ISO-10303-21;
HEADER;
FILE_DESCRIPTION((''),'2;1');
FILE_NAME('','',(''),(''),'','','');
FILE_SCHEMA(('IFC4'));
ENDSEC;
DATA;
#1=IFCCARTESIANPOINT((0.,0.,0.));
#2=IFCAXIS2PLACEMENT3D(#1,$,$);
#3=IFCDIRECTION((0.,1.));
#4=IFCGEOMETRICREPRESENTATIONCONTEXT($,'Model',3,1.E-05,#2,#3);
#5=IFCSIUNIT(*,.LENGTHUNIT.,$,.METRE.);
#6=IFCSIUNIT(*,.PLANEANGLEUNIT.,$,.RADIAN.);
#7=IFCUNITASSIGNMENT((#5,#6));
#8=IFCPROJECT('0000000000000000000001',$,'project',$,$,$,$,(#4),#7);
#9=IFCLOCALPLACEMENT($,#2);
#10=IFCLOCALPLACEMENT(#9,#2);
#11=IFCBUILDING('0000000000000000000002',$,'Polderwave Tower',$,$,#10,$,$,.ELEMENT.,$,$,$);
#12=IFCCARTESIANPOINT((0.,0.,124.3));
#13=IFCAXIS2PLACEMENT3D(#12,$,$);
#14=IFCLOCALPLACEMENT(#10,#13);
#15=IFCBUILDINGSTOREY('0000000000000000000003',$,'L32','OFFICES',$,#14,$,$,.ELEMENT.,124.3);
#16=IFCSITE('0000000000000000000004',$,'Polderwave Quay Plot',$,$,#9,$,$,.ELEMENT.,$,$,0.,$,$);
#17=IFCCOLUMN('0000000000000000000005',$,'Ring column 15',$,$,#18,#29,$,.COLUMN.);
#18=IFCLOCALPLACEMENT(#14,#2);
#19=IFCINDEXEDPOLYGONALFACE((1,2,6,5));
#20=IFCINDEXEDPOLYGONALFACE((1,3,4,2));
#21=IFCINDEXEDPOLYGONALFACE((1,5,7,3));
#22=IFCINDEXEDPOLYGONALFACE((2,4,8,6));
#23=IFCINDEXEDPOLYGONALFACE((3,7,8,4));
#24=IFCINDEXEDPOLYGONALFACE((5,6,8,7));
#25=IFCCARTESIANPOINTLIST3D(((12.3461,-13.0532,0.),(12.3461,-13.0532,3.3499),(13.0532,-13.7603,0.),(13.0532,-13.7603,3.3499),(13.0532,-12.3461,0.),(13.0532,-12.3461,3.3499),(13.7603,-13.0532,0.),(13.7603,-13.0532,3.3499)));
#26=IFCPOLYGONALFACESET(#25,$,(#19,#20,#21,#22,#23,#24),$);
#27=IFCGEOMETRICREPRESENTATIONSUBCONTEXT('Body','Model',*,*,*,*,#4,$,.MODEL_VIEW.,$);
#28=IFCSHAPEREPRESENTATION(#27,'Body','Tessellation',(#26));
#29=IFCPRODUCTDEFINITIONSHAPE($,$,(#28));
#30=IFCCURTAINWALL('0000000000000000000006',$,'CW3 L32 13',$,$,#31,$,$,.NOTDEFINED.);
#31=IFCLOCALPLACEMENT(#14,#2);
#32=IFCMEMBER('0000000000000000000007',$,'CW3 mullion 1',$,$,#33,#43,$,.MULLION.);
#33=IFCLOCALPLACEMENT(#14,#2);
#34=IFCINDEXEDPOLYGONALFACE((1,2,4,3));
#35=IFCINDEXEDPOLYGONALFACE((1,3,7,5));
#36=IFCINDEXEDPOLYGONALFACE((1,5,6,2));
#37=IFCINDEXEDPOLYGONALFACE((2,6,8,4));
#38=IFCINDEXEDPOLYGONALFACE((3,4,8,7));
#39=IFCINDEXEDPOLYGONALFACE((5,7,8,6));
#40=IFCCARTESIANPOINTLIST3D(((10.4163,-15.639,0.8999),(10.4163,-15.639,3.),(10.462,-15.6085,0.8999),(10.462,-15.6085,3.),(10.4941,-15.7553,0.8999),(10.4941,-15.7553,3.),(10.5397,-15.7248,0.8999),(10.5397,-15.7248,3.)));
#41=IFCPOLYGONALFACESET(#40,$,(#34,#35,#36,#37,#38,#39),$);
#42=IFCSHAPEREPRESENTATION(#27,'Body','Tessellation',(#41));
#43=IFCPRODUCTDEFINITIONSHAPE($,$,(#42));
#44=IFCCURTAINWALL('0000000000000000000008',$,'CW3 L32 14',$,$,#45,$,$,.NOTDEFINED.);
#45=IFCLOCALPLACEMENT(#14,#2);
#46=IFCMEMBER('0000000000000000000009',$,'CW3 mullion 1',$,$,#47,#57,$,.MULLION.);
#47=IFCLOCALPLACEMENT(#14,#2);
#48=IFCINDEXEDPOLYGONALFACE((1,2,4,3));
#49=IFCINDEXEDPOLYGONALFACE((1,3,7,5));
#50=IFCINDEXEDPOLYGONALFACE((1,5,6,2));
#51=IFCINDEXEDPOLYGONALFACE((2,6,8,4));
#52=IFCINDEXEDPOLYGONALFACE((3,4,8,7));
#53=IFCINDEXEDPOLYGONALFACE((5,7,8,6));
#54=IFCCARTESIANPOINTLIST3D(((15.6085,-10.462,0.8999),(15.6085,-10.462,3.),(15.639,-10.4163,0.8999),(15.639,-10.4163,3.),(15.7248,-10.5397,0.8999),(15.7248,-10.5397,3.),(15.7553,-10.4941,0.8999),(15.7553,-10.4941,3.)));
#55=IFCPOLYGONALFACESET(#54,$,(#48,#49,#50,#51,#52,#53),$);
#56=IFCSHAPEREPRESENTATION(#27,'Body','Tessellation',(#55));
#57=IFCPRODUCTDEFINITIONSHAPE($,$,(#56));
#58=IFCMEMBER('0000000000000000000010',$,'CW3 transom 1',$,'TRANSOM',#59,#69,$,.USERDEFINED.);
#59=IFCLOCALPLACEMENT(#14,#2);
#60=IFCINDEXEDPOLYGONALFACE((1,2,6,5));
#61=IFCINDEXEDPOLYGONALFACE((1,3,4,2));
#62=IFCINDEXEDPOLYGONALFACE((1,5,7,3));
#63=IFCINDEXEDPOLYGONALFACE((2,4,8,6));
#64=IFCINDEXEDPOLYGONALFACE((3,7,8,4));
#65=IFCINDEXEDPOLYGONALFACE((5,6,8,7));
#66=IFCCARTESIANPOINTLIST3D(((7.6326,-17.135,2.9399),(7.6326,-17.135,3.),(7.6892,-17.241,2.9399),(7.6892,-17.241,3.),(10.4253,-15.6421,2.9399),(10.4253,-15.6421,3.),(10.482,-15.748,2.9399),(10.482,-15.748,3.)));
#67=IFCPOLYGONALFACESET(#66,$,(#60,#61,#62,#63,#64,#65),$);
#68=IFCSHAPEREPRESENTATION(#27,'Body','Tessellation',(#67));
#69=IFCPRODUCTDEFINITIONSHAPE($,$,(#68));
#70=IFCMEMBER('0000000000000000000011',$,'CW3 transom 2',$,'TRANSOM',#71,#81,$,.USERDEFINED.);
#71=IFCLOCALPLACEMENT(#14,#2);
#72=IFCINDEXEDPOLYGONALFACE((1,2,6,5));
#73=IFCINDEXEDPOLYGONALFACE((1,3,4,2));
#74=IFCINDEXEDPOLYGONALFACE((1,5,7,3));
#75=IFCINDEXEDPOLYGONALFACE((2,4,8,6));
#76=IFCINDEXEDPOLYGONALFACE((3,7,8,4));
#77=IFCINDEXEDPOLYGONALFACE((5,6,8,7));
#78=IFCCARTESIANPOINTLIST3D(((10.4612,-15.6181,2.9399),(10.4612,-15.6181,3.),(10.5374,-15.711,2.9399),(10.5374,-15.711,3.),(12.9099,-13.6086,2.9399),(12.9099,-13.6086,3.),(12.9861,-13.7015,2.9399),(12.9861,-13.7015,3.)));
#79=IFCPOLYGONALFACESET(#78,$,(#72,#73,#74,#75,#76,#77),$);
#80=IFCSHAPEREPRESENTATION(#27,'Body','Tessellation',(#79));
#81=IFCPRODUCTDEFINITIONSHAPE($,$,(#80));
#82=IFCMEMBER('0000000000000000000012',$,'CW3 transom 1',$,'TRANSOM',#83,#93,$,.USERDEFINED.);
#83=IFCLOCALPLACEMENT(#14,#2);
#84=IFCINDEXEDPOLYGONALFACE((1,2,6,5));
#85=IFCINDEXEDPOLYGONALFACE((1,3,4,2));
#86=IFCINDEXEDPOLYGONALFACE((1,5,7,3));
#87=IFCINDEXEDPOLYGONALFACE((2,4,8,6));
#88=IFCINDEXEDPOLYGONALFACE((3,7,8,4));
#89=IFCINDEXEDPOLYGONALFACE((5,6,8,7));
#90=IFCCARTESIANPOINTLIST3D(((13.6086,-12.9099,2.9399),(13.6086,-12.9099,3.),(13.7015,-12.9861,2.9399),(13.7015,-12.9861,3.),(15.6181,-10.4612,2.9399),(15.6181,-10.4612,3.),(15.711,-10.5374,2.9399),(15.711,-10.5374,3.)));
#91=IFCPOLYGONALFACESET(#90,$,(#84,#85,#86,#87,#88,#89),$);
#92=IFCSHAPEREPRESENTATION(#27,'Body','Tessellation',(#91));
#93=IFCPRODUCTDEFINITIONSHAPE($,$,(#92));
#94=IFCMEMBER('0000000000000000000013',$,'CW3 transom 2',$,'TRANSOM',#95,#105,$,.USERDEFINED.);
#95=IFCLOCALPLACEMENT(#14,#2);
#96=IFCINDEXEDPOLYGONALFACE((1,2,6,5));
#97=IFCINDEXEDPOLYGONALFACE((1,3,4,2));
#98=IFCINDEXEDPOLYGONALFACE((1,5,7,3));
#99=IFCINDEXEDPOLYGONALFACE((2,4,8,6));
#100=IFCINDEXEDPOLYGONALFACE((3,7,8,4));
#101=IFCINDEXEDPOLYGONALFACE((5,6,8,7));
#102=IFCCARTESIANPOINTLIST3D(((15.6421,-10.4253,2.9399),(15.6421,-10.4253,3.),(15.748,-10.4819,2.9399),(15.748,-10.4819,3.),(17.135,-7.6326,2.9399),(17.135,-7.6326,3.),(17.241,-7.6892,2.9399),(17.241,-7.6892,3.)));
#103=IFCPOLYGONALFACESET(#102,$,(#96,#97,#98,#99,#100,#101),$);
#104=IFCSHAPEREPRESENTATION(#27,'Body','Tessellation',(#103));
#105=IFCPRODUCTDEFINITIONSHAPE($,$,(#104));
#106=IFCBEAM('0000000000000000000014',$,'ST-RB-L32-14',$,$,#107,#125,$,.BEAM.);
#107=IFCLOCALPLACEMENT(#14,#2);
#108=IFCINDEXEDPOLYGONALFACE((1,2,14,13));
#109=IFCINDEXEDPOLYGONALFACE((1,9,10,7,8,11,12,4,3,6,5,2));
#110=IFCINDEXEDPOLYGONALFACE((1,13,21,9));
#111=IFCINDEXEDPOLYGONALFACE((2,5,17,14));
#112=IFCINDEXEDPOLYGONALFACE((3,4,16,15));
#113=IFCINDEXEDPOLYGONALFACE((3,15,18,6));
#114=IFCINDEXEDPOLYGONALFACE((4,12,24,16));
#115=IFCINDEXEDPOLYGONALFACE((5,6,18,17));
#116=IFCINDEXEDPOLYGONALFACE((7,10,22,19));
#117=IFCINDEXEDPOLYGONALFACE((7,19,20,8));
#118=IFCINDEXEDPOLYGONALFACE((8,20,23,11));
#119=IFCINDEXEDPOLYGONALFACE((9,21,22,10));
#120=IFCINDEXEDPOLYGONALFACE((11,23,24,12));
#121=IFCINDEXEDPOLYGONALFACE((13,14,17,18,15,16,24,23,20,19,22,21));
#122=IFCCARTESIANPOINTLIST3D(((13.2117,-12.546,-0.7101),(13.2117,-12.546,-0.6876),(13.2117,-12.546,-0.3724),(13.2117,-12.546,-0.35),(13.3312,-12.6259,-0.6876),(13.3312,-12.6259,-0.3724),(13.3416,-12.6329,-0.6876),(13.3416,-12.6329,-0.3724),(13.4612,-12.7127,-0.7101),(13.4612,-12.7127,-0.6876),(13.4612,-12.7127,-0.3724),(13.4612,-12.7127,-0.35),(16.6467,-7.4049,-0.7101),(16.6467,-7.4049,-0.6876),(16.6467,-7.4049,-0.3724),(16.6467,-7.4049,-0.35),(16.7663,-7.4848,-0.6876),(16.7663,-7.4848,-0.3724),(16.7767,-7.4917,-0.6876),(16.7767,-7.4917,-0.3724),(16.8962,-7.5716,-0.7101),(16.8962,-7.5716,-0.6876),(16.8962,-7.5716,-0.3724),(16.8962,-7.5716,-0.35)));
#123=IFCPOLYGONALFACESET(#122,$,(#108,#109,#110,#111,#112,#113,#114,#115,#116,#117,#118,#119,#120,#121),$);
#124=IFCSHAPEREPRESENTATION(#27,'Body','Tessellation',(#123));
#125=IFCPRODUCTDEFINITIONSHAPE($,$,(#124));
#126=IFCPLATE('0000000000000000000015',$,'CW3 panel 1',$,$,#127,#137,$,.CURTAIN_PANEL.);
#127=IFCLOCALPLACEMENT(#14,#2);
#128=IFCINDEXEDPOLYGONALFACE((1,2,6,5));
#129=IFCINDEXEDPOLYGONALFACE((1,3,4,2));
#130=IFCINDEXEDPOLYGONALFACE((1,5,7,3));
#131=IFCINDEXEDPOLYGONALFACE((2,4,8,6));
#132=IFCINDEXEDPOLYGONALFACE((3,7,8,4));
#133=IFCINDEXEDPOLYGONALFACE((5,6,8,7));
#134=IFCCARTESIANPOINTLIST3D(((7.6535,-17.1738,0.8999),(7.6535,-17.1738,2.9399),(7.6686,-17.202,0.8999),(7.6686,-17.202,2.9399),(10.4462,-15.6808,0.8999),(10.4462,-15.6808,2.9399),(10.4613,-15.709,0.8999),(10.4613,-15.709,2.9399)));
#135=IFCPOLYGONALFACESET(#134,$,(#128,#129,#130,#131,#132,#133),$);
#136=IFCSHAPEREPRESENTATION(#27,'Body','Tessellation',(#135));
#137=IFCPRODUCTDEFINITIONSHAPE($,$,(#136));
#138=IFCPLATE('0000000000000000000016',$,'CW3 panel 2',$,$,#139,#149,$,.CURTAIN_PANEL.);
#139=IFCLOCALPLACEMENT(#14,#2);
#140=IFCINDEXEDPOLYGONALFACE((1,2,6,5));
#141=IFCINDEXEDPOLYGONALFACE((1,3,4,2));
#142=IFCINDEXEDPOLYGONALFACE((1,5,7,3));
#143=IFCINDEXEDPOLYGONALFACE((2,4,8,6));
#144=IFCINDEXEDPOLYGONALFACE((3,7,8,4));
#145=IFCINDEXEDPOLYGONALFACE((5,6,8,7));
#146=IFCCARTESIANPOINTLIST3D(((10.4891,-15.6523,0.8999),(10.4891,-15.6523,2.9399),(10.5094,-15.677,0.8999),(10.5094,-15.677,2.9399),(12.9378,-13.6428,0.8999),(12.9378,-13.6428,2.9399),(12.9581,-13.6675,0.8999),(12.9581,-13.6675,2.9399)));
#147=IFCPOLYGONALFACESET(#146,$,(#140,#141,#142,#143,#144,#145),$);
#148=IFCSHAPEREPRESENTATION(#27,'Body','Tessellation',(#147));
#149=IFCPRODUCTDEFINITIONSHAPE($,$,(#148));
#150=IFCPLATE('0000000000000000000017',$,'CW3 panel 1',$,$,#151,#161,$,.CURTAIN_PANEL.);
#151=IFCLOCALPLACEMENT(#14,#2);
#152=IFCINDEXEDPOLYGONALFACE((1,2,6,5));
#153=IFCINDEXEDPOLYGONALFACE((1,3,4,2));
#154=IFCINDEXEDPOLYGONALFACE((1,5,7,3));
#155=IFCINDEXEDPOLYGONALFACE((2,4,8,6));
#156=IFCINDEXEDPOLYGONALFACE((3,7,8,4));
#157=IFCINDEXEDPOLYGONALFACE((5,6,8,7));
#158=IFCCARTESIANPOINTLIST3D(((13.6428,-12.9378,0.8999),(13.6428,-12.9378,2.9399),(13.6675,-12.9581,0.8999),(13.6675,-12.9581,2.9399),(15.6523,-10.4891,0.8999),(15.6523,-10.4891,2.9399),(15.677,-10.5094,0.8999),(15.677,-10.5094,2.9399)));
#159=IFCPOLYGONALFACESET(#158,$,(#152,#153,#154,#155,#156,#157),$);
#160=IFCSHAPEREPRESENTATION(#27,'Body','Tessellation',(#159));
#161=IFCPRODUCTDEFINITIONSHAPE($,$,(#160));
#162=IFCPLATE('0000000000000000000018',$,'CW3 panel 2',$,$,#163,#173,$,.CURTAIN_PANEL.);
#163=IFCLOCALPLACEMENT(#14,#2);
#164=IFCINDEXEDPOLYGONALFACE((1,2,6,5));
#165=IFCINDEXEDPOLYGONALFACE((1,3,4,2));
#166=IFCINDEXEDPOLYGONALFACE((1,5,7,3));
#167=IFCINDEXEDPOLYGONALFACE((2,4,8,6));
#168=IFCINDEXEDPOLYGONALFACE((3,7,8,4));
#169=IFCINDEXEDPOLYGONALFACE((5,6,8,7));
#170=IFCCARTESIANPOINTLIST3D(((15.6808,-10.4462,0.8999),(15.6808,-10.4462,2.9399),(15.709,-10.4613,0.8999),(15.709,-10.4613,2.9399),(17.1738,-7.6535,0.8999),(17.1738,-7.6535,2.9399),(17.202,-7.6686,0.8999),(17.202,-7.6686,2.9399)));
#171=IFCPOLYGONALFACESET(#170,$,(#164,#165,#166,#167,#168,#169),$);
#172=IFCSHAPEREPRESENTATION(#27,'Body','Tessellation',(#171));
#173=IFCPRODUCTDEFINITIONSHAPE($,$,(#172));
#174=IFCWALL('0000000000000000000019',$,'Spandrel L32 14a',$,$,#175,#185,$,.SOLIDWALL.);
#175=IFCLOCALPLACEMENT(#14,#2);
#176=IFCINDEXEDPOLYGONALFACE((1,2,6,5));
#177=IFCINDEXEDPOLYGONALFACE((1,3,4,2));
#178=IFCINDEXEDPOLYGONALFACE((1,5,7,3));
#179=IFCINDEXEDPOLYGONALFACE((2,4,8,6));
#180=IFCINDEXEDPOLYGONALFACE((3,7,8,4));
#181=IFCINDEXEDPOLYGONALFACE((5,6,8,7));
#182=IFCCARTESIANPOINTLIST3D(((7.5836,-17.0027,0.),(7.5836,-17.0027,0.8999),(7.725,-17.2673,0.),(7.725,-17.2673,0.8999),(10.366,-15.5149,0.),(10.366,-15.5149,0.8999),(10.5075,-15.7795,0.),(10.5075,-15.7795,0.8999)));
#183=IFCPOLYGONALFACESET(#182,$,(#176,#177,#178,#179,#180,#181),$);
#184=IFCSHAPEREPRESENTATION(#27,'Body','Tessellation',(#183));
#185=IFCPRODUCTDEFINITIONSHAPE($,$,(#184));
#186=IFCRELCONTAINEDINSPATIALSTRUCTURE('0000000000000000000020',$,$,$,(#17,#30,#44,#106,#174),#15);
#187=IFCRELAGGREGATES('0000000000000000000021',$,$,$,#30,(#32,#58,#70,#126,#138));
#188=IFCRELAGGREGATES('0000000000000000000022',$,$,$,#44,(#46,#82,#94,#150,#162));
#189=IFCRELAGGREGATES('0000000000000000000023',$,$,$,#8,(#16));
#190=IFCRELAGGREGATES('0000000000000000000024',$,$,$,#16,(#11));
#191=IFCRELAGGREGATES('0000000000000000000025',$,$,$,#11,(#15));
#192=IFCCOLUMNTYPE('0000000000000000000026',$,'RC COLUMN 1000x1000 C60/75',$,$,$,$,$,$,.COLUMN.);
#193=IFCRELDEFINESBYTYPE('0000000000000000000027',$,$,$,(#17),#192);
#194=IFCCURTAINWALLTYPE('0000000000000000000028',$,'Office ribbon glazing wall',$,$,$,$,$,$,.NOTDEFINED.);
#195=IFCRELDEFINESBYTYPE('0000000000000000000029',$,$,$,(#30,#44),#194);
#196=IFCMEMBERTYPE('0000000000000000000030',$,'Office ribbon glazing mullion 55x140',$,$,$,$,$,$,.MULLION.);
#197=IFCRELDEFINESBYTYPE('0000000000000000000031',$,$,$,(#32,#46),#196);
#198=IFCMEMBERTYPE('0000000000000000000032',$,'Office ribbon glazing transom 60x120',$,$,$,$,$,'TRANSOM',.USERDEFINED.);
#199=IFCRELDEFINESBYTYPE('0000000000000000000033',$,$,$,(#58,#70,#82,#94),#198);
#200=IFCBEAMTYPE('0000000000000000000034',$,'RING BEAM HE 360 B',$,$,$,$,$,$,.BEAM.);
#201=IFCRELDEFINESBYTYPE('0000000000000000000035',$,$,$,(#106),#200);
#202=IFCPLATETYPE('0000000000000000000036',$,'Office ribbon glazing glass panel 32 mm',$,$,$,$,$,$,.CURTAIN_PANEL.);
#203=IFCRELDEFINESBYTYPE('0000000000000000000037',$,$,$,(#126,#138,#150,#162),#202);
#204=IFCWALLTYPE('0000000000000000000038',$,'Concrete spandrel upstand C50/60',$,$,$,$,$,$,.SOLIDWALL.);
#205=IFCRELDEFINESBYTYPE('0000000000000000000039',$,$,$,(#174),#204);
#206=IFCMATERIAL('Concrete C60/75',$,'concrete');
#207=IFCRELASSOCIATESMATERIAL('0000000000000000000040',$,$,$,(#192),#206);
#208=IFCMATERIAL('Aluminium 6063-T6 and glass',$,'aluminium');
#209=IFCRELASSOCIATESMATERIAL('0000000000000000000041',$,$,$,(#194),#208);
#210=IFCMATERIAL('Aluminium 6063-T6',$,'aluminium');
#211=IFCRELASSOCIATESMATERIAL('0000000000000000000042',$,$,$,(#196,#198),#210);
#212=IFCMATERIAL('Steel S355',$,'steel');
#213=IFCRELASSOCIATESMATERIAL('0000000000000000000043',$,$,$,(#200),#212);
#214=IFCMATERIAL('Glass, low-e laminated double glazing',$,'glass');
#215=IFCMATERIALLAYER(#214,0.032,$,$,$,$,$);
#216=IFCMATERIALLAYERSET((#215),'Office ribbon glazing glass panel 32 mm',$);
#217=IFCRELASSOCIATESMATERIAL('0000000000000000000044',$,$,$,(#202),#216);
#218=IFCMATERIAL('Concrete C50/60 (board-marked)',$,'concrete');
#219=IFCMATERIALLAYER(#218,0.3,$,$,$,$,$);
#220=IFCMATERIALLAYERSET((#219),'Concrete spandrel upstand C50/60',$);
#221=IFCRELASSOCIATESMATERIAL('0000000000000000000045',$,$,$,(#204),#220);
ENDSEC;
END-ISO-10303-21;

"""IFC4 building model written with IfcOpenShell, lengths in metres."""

from ifc_helpers import new_model, si_unit, direction, frame, frame_2d, origin, origin_2d, place, context, subcontext, project, spatial, rectangle, i_section, extrude, material, layer, layer_set, material_profile, profile_set, type_object, element, aggregate, save


model = new_model("IFC4")

# Units and contexts
model_context = context("Model", 3, precision=1e-05, world=origin(), true_north=direction((0.0, 1.0)))
body_context = subcontext(model_context, "Body", "Model", "MODEL_VIEW")
ifc_project = project(units=[si_unit("LENGTHUNIT", "METRE"), si_unit("PLANEANGLEUNIT", "RADIAN")], contexts=[model_context])

# Site, building, storey
site_placement = place(None, origin())
site = spatial("IfcSite", under=ifc_project, at=site_placement, Name="Polderwave Quay Plot", CompositionType="ELEMENT", RefElevation=0.0)
building_placement = place(site_placement, origin())
building = spatial("IfcBuilding", under=site, at=building_placement, Name="Polderwave Tower", CompositionType="ELEMENT")
storey_placement = place(building_placement, frame((0.0, 0.0, 124.3)))
storey = spatial("IfcBuildingStorey", under=building, at=storey_placement, Name="L32", Description="OFFICES", CompositionType="ELEMENT", Elevation=124.3)

# Column
ifc_material_1 = material(Name="Concrete C60/75", Category="concrete")
ifc_material_profile_1 = material_profile(ifc_material_1, rectangle(XDim=1.0, YDim=1.0, at=origin_2d()), Name="RC 1000x1000")
ifc_profile_set_1 = profile_set([ifc_material_profile_1], Name="Concrete C60/75")
column_type = type_object("IfcColumnType", Name="RC COLUMN 1000x1000 C60/75", PredefinedType="COLUMN", material=ifc_profile_set_1)
column_placement = place(storey_placement, frame((13.0532, -13.0532, 0.0), z_axis=(0.0, 0.0, 1.0), x_axis=(0.707107, -0.707107, 0.0)))
element("IfcColumn", 1, at=column_placement, inside=storey, type_object=column_type, Name="Ring column 15", PredefinedType="COLUMN", context=body_context, shape_type="SweptSolid", body=[
    extrude(rectangle(XDim=1.0, YDim=1.0, at=origin_2d()), origin(), (0.0, 0.0, 1.0), 3.3499),
])

# Curtain walls, members
ifc_material_2 = material(Name="Aluminium 6063-T6 and glass", Category="aluminium")
curtain_wall_type = type_object("IfcCurtainWallType", Name="Office ribbon glazing wall", PredefinedType="NOTDEFINED", material=ifc_material_2)
curtain_wall_1_placement = place(storey_placement, origin())
curtain_wall_1 = element("IfcCurtainWall", 2, at=curtain_wall_1_placement, inside=storey, type_object=curtain_wall_type, Name="CW3 L32 13", PredefinedType="NOTDEFINED")
ifc_material_3 = material(Name="Aluminium 6063-T6", Category="aluminium")
ifc_material_profile_2 = material_profile(ifc_material_3, rectangle(XDim=0.1399, YDim=0.0549, at=origin_2d()), Name="AL 55x140")
ifc_profile_set_2 = profile_set([ifc_material_profile_2], Name="Aluminium 6063-T6")
member_type_1 = type_object("IfcMemberType", Name="Office ribbon glazing mullion 55x140", PredefinedType="MULLION", material=ifc_profile_set_2)
member_1_placement = place(storey_placement, frame((10.478, -15.6819, 0.8999), z_axis=(0.0, 0.0, 1.0), x_axis=(-0.555595, 0.831453, 0.0)))
member_1 = element("IfcMember", 3, at=member_1_placement, type_object=member_type_1, Name="CW3 mullion 1", PredefinedType="MULLION", context=body_context, shape_type="SweptSolid", body=[
    extrude(rectangle(XDim=0.1399, YDim=0.0549, at=origin_2d()), origin(), (0.0, 0.0, 1.0), 2.1001),
])
curtain_wall_2_placement = place(storey_placement, origin())
curtain_wall_2 = element("IfcCurtainWall", 4, at=curtain_wall_2_placement, inside=storey, type_object=curtain_wall_type, Name="CW3 L32 14", PredefinedType="NOTDEFINED")
member_2_placement = place(storey_placement, frame((15.6819, -10.478, 0.8999), z_axis=(0.0, 0.0, 1.0), x_axis=(-0.831453, 0.555595, 0.0)))
member_2 = element("IfcMember", 5, at=member_2_placement, type_object=member_type_1, Name="CW3 mullion 1", PredefinedType="MULLION", context=body_context, shape_type="SweptSolid", body=[
    extrude(rectangle(XDim=0.1399, YDim=0.0549, at=origin_2d()), origin(), (0.0, 0.0, 1.0), 2.1001),
])

# Members
ifc_material_profile_3 = material_profile(ifc_material_3, rectangle(XDim=0.1201, YDim=0.0601, at=origin_2d()), Name="AL 60x120")
ifc_profile_set_3 = profile_set([ifc_material_profile_3], Name="Aluminium 6063-T6")
member_type_2 = type_object("IfcMemberType", Name="Office ribbon glazing transom 60x120", ElementType="TRANSOM", PredefinedType="USERDEFINED", material=ifc_profile_set_3)
member_3_placement = place(storey_placement, frame((7.6609, -17.188, 2.97), z_axis=(0.881898, 0.47144, 0.0), x_axis=(-0.47144, 0.881898, 0.0)))
member_3 = element("IfcMember", 6, at=member_3_placement, type_object=member_type_2, Name="CW3 transom 1", ObjectType="TRANSOM", PredefinedType="USERDEFINED", context=body_context, shape_type="SweptSolid", body=[
    extrude(rectangle(XDim=0.1201, YDim=0.0601, at=origin_2d()), origin(), (0.0, 0.0, 1.0), 3.1667),
])
member_4_placement = place(storey_placement, frame((10.4993, -15.6646, 2.97), z_axis=(0.773026, 0.634374, 0.0), x_axis=(-0.634374, 0.773026, 0.0)))
member_4 = element("IfcMember", 7, at=member_4_placement, type_object=member_type_2, Name="CW3 transom 2", ObjectType="TRANSOM", PredefinedType="USERDEFINED", context=body_context, shape_type="SweptSolid", body=[
    extrude(rectangle(XDim=0.1201, YDim=0.0601, at=origin_2d()), origin(), (0.0, 0.0, 1.0), 3.1677),
])
member_5_placement = place(storey_placement, frame((13.655, -12.948, 2.97), z_axis=(0.634374, 0.773026, 0.0), x_axis=(-0.773026, 0.634374, 0.0)))
member_5 = element("IfcMember", 8, at=member_5_placement, type_object=member_type_2, Name="CW3 transom 1", ObjectType="TRANSOM", PredefinedType="USERDEFINED", context=body_context, shape_type="SweptSolid", body=[
    extrude(rectangle(XDim=0.1201, YDim=0.0601, at=origin_2d()), origin(), (0.0, 0.0, 1.0), 3.1677),
])
member_6_placement = place(storey_placement, frame((15.6951, -10.4536, 2.97), z_axis=(0.47144, 0.881898, 0.0), x_axis=(-0.881898, 0.47144, 0.0)))
member_6 = element("IfcMember", 9, at=member_6_placement, type_object=member_type_2, Name="CW3 transom 2", ObjectType="TRANSOM", PredefinedType="USERDEFINED", context=body_context, shape_type="SweptSolid", body=[
    extrude(rectangle(XDim=0.1201, YDim=0.0601, at=origin_2d()), origin(), (0.0, 0.0, 1.0), 3.1667),
])

# Beam
ifc_material_4 = material(Name="Steel S355", Category="steel")
ifc_material_profile_4 = material_profile(ifc_material_4, i_section(OverallWidth=0.3, OverallDepth=0.3601, WebThickness=0.0125, FlangeThickness=0.0225, at=origin_2d()), Name="HE 360 B")
ifc_profile_set_4 = profile_set([ifc_material_profile_4], Name="Steel S355")
beam_type = type_object("IfcBeamType", Name="RING BEAM HE 360 B", PredefinedType="BEAM", material=ifc_profile_set_4)
beam_placement = place(storey_placement, frame((13.3364, -12.6294, -0.53), z_axis=(0.555556, 0.831479, 0.0), x_axis=(-0.831479, 0.555556, 0.0)))
element("IfcBeam", 10, at=beam_placement, inside=storey, type_object=beam_type, Name="ST-RB-L32-14", PredefinedType="BEAM", context=body_context, shape_type="SweptSolid", body=[
    extrude(i_section(OverallWidth=0.3, OverallDepth=0.3601, WebThickness=0.0125, FlangeThickness=0.0225, at=origin_2d()), origin(), (0.0, 0.0, 1.0), 6.1831),
])

# Plates
ifc_material_5 = material(Name="Glass, low-e laminated double glazing", Category="glass")
ifc_layer_1 = layer(ifc_material_5, 0.032)
ifc_layer_set_1 = layer_set([ifc_layer_1], Name="Office ribbon glazing glass panel 32 mm")
plate_type = type_object("IfcPlateType", Name="Office ribbon glazing glass panel 32 mm", PredefinedType="CURTAIN_PANEL", material=ifc_layer_set_1)
plate_1_placement = place(storey_placement, frame((9.0574, -16.4414, 0.8999), z_axis=(0.0, 0.0, 1.0), x_axis=(0.881884, 0.471466, 0.0)))
plate_1 = element("IfcPlate", 11, at=plate_1_placement, type_object=plate_type, Name="CW3 panel 1", PredefinedType="CURTAIN_PANEL", context=body_context, shape_type="SweptSolid", body=[
    extrude(rectangle(XDim=3.1667, YDim=0.032, at=origin_2d()), origin(), (0.0, 0.0, 1.0), 2.04),
])
plate_2_placement = place(storey_placement, frame((11.7236, -14.6599, 0.8999), z_axis=(0.0, 0.0, 1.0), x_axis=(0.773023, 0.634378, 0.0)))
plate_2 = element("IfcPlate", 12, at=plate_2_placement, type_object=plate_type, Name="CW3 panel 2", PredefinedType="CURTAIN_PANEL", context=body_context, shape_type="SweptSolid", body=[
    extrude(rectangle(XDim=3.1677, YDim=0.032, at=origin_2d()), origin(), (0.0, 0.0, 1.0), 2.04),
])
aggregate(curtain_wall_1, [member_1, member_3, member_4, plate_1, plate_2])
plate_3_placement = place(storey_placement, frame((14.6599, -11.7236, 0.8999), z_axis=(0.0, 0.0, 1.0), x_axis=(0.634378, 0.773023, 0.0)))
plate_3 = element("IfcPlate", 13, at=plate_3_placement, type_object=plate_type, Name="CW3 panel 1", PredefinedType="CURTAIN_PANEL", context=body_context, shape_type="SweptSolid", body=[
    extrude(rectangle(XDim=3.1677, YDim=0.032, at=origin_2d()), origin(), (0.0, 0.0, 1.0), 2.04),
])
plate_4_placement = place(storey_placement, frame((16.4414, -9.0574, 0.8999), z_axis=(0.0, 0.0, 1.0), x_axis=(0.471466, 0.881884, 0.0)))
plate_4 = element("IfcPlate", 14, at=plate_4_placement, type_object=plate_type, Name="CW3 panel 2", PredefinedType="CURTAIN_PANEL", context=body_context, shape_type="SweptSolid", body=[
    extrude(rectangle(XDim=3.1667, YDim=0.032, at=origin_2d()), origin(), (0.0, 0.0, 1.0), 2.04),
])
aggregate(curtain_wall_2, [member_2, member_5, member_6, plate_3, plate_4])

# Wall
ifc_material_6 = material(Name="Concrete C50/60 (board-marked)", Category="concrete")
ifc_layer_2 = layer(ifc_material_6, 0.3)
ifc_layer_set_2 = layer_set([ifc_layer_2], Name="Concrete spandrel upstand C50/60")
wall_type = type_object("IfcWallType", Name="Concrete spandrel upstand C50/60", PredefinedType="SOLIDWALL", material=ifc_layer_set_2)
wall_1_placement = place(storey_placement, frame((7.6543, -17.135, 0.0), z_axis=(0.0, 0.0, 1.0), x_axis=(0.881851, 0.471528, 0.0)))
element("IfcWall", 15, at=wall_1_placement, inside=storey, type_object=wall_type, Name="Spandrel L32 14a", PredefinedType="SOLIDWALL", context=body_context, shape_type="SweptSolid", body=[
    extrude(rectangle(XDim=3.1553, YDim=0.3, at=frame_2d((1.5776, 0.0))), origin(), (0.0, 0.0, 1.0), 0.8999),
])

save(model, "model.ifc")
